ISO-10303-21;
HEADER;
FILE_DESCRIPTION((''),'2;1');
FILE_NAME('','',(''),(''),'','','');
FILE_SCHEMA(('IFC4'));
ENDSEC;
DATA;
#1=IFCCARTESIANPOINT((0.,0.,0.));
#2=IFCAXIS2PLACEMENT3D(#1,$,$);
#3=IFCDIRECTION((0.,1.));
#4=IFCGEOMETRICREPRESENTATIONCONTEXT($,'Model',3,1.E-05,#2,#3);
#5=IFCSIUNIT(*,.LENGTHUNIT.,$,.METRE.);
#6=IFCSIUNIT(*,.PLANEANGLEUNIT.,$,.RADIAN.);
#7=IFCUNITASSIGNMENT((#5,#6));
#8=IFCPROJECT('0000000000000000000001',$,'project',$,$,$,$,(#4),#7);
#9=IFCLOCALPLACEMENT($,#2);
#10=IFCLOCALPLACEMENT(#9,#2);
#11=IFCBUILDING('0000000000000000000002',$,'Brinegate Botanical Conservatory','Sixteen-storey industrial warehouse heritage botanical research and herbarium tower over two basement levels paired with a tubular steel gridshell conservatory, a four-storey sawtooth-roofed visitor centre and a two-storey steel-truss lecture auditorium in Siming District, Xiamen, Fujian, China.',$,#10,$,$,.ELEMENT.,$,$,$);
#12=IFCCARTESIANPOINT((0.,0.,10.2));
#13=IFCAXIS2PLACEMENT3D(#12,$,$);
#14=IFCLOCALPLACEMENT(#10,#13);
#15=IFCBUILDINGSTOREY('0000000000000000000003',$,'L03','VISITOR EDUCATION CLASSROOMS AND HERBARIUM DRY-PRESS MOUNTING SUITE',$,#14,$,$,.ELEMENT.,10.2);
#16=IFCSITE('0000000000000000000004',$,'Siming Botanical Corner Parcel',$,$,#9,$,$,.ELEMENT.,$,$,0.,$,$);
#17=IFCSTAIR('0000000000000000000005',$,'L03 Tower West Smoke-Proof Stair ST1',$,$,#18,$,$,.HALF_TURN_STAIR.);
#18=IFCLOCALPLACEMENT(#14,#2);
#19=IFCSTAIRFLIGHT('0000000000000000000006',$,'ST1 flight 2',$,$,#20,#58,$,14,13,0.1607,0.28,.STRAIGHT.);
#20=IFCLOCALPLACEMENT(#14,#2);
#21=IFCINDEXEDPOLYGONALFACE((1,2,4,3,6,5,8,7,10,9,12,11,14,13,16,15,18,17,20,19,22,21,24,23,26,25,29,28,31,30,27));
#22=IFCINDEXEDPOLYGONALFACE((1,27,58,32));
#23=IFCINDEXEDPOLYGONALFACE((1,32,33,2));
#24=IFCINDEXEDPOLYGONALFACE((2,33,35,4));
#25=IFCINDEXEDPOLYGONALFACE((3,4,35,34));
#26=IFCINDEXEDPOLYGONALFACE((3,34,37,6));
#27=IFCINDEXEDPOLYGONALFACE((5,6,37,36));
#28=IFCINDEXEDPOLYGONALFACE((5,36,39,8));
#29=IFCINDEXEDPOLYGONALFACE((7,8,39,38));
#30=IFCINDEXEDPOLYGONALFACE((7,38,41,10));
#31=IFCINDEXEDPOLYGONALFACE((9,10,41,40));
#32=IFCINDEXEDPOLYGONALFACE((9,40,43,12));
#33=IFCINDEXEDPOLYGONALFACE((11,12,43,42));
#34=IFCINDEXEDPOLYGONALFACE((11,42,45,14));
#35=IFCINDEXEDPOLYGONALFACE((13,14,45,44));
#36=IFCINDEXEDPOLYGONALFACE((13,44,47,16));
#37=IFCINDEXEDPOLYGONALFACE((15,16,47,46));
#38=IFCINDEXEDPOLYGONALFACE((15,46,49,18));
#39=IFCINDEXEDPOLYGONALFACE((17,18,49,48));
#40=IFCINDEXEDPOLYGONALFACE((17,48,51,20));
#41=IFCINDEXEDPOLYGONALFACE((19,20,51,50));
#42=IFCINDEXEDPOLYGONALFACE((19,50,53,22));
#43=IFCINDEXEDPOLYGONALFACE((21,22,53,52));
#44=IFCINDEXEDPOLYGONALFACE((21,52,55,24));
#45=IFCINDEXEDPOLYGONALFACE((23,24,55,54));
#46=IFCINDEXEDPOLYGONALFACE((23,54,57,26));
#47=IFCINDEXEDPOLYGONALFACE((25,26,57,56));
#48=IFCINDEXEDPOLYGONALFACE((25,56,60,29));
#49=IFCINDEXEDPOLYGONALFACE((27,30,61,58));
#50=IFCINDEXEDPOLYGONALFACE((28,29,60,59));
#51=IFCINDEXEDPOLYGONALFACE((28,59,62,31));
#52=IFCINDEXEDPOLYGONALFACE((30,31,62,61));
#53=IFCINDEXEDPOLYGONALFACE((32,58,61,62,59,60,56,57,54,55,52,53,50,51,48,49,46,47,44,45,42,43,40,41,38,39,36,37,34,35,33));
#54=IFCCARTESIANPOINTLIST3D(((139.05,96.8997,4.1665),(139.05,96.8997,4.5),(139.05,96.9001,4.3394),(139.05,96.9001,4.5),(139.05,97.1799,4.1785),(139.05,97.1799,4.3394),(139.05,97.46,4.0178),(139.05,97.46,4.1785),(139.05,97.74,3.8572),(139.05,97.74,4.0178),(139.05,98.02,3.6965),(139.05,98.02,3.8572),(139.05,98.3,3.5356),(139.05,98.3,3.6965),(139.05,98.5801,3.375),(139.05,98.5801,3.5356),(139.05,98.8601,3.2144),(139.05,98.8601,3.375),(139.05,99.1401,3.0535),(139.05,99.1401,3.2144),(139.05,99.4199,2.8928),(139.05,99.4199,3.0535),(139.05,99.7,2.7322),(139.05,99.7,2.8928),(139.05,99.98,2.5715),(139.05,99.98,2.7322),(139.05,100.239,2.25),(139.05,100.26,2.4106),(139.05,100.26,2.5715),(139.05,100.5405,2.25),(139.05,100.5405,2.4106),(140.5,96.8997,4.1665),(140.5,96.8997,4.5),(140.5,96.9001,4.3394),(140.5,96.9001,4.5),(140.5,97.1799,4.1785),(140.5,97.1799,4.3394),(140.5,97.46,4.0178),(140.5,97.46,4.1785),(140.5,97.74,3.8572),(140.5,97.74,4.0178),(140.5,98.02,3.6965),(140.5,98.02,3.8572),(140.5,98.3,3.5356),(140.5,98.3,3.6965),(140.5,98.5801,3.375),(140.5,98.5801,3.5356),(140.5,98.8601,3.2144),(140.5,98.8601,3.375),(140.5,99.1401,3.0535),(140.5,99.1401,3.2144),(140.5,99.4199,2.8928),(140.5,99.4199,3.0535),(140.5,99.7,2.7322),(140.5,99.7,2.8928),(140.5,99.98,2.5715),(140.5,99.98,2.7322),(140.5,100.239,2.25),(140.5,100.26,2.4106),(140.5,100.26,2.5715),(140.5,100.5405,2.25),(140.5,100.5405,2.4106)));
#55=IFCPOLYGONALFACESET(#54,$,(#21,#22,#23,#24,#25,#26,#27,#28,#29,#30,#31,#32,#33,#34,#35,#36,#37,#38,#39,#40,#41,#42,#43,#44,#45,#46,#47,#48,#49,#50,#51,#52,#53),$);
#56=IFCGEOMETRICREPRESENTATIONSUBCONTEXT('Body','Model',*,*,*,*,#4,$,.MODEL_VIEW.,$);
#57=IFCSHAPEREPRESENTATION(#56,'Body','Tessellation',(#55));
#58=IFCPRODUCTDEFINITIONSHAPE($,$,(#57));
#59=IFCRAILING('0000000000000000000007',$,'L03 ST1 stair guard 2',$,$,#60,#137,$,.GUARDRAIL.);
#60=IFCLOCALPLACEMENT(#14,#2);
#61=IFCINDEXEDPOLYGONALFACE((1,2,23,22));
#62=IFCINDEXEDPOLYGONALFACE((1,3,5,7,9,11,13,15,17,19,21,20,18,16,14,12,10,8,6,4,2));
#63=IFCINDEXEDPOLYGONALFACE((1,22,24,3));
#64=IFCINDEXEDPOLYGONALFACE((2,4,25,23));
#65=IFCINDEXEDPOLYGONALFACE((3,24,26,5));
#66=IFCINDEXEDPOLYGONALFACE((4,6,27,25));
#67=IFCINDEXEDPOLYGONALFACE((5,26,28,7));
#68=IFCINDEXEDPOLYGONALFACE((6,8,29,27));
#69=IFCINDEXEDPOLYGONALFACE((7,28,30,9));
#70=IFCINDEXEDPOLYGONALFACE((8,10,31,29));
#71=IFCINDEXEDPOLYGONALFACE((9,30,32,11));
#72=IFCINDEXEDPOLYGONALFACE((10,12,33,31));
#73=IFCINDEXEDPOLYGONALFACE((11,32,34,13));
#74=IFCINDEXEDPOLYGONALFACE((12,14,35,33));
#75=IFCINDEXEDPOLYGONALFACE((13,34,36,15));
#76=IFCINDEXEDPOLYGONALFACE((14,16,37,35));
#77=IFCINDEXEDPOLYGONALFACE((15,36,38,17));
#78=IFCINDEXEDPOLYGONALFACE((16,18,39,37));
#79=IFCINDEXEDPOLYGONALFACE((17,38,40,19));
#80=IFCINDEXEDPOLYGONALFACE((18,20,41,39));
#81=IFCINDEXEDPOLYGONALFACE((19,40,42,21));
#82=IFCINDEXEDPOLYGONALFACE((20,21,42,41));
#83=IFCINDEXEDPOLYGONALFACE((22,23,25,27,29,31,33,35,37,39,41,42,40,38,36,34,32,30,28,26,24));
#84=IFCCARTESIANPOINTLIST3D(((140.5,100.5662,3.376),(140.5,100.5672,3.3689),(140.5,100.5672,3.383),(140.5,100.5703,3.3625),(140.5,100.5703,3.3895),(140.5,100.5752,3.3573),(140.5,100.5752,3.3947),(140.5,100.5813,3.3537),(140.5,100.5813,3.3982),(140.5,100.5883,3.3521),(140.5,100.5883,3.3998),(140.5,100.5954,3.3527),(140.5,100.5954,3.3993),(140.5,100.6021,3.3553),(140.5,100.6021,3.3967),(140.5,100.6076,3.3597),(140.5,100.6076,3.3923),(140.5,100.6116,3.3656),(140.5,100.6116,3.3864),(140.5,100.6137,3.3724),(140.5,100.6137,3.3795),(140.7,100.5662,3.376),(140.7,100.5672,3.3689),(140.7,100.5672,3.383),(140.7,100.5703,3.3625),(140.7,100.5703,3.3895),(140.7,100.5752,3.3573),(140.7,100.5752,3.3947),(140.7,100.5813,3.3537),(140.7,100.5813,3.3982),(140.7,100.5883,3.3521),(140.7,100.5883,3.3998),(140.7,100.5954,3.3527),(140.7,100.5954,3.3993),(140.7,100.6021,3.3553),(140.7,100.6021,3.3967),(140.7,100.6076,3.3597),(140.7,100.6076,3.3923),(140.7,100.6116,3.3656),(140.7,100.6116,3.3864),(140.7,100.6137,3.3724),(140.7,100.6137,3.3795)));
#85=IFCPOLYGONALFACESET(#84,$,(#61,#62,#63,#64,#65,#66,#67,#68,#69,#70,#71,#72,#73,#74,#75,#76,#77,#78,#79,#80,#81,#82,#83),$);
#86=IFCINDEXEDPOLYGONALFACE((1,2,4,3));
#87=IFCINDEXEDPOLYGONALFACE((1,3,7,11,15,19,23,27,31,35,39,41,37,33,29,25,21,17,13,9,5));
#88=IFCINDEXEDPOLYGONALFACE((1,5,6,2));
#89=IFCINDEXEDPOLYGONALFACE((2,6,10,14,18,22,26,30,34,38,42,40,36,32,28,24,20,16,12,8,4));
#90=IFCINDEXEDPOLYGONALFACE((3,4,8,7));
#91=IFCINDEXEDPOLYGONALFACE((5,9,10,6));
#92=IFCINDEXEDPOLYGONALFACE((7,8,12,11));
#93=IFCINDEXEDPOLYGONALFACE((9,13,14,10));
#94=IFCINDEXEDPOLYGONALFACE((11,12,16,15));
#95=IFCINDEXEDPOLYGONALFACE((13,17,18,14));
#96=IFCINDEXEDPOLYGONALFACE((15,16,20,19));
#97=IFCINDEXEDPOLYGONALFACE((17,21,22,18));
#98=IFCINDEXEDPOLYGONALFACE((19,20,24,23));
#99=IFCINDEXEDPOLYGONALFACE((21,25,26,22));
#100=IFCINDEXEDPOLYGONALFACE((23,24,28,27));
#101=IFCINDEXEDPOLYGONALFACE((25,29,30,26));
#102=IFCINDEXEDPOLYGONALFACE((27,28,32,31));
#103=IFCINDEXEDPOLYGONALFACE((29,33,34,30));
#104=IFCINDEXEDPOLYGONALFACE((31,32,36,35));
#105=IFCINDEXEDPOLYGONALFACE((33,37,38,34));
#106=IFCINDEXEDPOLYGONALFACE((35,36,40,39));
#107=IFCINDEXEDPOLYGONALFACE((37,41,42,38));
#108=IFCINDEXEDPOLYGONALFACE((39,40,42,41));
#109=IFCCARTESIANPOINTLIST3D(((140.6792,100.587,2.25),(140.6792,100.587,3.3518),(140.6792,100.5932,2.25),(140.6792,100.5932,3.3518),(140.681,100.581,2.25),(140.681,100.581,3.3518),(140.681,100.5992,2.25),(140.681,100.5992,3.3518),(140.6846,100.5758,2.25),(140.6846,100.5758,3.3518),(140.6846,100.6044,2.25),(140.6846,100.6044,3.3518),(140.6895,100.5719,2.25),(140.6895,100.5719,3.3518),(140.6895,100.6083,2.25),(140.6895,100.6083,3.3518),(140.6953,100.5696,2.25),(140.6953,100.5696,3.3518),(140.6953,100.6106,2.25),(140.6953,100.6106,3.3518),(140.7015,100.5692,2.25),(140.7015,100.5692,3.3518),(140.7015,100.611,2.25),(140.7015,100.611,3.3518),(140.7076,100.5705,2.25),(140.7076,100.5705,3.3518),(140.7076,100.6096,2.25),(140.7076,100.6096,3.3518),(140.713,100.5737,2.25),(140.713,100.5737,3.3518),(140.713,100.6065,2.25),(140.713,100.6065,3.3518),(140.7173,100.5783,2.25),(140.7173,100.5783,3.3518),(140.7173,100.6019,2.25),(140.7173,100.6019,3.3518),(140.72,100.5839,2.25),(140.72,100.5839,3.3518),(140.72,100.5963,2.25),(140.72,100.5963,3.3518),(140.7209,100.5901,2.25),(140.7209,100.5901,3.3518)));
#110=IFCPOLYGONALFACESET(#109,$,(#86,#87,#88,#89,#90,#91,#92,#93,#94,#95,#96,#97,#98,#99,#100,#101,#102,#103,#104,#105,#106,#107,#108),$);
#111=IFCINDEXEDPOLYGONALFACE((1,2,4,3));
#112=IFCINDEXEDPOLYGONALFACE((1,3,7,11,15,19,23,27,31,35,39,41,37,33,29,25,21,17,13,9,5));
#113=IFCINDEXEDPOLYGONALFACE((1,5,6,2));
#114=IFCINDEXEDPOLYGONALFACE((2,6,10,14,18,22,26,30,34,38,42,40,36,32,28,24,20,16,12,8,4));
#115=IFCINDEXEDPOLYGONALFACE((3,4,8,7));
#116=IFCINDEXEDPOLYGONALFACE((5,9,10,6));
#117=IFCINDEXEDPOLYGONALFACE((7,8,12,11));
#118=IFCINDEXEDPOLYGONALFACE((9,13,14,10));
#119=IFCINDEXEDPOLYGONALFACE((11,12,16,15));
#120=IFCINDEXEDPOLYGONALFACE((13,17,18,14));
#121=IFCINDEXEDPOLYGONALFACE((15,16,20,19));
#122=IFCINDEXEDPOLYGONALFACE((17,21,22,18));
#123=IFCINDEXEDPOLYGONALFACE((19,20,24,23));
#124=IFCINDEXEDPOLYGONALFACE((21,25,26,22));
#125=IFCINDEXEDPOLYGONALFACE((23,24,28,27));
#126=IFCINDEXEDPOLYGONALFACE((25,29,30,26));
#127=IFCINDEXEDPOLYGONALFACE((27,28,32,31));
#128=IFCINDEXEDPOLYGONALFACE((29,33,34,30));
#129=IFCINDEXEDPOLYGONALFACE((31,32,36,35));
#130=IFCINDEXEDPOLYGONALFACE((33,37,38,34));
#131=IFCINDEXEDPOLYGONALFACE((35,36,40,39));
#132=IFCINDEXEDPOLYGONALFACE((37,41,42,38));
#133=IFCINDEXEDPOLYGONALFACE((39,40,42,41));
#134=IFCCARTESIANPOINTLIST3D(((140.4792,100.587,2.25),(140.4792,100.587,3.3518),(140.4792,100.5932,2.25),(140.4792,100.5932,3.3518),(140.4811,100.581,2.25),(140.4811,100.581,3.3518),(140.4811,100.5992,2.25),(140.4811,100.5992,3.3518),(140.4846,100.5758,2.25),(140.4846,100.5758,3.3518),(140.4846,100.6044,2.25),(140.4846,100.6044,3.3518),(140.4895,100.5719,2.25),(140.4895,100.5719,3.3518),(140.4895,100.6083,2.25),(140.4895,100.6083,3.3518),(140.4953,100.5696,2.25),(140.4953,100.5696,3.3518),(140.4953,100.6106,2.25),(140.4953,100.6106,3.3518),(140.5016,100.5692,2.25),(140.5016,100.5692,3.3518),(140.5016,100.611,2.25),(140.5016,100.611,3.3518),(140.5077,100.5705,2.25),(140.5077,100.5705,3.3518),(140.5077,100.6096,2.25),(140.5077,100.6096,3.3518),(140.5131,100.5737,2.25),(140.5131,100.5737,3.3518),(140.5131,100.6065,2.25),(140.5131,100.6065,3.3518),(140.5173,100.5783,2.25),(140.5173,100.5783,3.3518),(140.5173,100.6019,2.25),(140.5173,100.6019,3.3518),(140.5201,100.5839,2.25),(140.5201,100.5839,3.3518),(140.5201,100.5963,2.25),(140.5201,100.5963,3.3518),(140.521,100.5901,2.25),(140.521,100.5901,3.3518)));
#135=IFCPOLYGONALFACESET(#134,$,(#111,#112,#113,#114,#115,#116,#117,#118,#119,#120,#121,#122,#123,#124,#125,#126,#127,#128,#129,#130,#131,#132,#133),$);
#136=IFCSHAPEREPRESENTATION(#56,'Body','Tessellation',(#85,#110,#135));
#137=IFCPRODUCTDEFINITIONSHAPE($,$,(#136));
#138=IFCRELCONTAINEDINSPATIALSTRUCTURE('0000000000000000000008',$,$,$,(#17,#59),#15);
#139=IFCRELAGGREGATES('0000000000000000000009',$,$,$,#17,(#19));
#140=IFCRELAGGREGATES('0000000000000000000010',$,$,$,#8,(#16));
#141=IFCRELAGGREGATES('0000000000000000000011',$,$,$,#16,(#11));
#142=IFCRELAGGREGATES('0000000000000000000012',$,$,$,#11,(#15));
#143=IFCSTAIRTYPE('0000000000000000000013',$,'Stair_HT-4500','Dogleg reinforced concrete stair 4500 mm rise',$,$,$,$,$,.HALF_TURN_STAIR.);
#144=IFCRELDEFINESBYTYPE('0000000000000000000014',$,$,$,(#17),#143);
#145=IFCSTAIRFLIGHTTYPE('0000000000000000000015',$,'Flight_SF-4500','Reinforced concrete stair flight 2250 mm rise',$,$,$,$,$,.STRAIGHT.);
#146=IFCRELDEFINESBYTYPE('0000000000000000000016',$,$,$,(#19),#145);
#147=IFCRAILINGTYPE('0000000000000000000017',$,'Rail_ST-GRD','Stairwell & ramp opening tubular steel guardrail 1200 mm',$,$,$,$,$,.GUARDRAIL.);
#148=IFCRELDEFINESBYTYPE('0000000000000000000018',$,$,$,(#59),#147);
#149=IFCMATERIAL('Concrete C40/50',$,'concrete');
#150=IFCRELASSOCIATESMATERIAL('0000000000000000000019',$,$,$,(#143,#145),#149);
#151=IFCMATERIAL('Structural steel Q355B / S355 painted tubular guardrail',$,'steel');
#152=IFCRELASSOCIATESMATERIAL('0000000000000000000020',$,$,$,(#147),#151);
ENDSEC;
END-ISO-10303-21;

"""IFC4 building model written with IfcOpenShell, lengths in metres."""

from ifc_helpers import new_model, si_unit, direction, frame, origin, origin_2d, place, context, subcontext, project, spatial, polyline, circle, outline, extrude, material, type_object, element, aggregate, save


model = new_model("IFC4")

# Units and contexts
model_context = context("Model", 3, precision=1e-05, world=origin(), true_north=direction((0.0, 1.0)))
body_context = subcontext(model_context, "Body", "Model", "MODEL_VIEW")
ifc_project = project(units=[si_unit("LENGTHUNIT", "METRE"), si_unit("PLANEANGLEUNIT", "RADIAN")], contexts=[model_context])

# Site, building, storey
site_placement = place(None, origin())
site = spatial("IfcSite", under=ifc_project, at=site_placement, Name="Siming Botanical Corner Parcel", CompositionType="ELEMENT", RefElevation=0.0)
building_placement = place(site_placement, origin())
building = spatial("IfcBuilding", under=site, at=building_placement, Name="Brinegate Botanical Conservatory", Description="Sixteen-storey industrial warehouse heritage botanical research and herbarium tower over two basement levels paired with a tubular steel gridshell conservatory, a four-storey sawtooth-roofed visitor centre and a two-storey steel-truss lecture auditorium in Siming District, Xiamen, Fujian, China.", CompositionType="ELEMENT")
storey_placement = place(building_placement, frame((0.0, 0.0, 10.2)))
storey = spatial("IfcBuildingStorey", under=building, at=storey_placement, Name="L03", Description="VISITOR EDUCATION CLASSROOMS AND HERBARIUM DRY-PRESS MOUNTING SUITE", CompositionType="ELEMENT", Elevation=10.2)

# Shared definitions
ifc_material_1 = material(Name="Concrete C40/50", Category="concrete")

# Stair, stair flight
stair_type = type_object("IfcStairType", Name="Stair_HT-4500", Description="Dogleg reinforced concrete stair 4500 mm rise", PredefinedType="HALF_TURN_STAIR", material=ifc_material_1)
stair_placement = place(storey_placement, origin())
stair = element("IfcStair", 1, at=stair_placement, inside=storey, type_object=stair_type, Name="L03 Tower West Smoke-Proof Stair ST1", PredefinedType="HALF_TURN_STAIR")
stair_flight_type = type_object("IfcStairFlightType", Name="Flight_SF-4500", Description="Reinforced concrete stair flight 2250 mm rise", PredefinedType="STRAIGHT", material=ifc_material_1)
stair_flight_placement = place(storey_placement, frame((139.7749, 100.54, 2.25), z_axis=(0.0, 0.0, 1.0), x_axis=(0.0, -1.0, 0.0)))
stair_flight = element("IfcStairFlight", 2, at=stair_flight_placement, type_object=stair_flight_type, Name="ST1 flight 2", NumberOfRisers=14, NumberOfTreads=13, PredefinedType="STRAIGHT", RiserHeight=0.1607, TreadLength=0.28, context=body_context, shape_type="SweptSolid", body=[
    extrude(outline(polyline([(-0.0005, 0.0), (-0.0005, 0.1606), (0.28, 0.1606), (0.28, 0.3215), (0.5601, 0.3215), (0.5601, 0.4822), (0.8401, 0.4822), (0.8401, 0.6428), (1.1201, 0.6428), (1.1201, 0.8035), (1.3999, 0.8035), (1.3999, 0.9644), (1.6799, 0.9644), (1.6799, 1.125), (1.96, 1.125), (1.96, 1.2856), (2.24, 1.2856), (2.24, 1.4465), (2.52, 1.4465), (2.52, 1.6072), (2.8, 1.6072), (2.8, 1.7678), (3.0801, 1.7678), (3.0801, 1.9285), (3.3601, 1.9285), (3.3601, 2.0894), (3.6399, 2.0894), (3.6399, 2.25), (3.6404, 2.25), (3.6404, 1.9165), (0.301, 0.0), (-0.0005, 0.0)])), frame((0.0, 0.7251, 0.0), z_axis=(0.0, -1.0, 0.0), x_axis=(1.0, 0.0, 0.0)), (0.0, 0.0, 1.0), 1.45),
])
aggregate(stair, [stair_flight])

# Railing
ifc_material_2 = material(Name="Structural steel Q355B / S355 painted tubular guardrail", Category="steel")
railing_type = type_object("IfcRailingType", Name="Rail_ST-GRD", Description="Stairwell & ramp opening tubular steel guardrail 1200 mm", PredefinedType="GUARDRAIL", material=ifc_material_2)
railing_1_placement = place(storey_placement, frame((140.7, 100.5901, 2.25)))
element("IfcRailing", 3, at=railing_1_placement, inside=storey, type_object=railing_type, Name="L03 ST1 stair guard 2", PredefinedType="GUARDRAIL", context=body_context, shape_type="SweptSolid", body=[
    extrude(circle(Radius=0.0239, at=origin_2d()), frame((0.0, 0.0, 1.126), z_axis=(-1.0, 0.0, 0.0), x_axis=(0.0, -1.0, 0.0)), (0.0, 0.0, 1.0), 0.2),
    extrude(circle(Radius=0.021, at=origin_2d()), origin(), (0.0, 0.0, 1.0), 1.1018),
    extrude(circle(Radius=0.021, at=origin_2d()), frame((-0.2, 0.0, 0.0)), (0.0, 0.0, 1.0), 1.1018),
])

save(model, "model.ifc")
